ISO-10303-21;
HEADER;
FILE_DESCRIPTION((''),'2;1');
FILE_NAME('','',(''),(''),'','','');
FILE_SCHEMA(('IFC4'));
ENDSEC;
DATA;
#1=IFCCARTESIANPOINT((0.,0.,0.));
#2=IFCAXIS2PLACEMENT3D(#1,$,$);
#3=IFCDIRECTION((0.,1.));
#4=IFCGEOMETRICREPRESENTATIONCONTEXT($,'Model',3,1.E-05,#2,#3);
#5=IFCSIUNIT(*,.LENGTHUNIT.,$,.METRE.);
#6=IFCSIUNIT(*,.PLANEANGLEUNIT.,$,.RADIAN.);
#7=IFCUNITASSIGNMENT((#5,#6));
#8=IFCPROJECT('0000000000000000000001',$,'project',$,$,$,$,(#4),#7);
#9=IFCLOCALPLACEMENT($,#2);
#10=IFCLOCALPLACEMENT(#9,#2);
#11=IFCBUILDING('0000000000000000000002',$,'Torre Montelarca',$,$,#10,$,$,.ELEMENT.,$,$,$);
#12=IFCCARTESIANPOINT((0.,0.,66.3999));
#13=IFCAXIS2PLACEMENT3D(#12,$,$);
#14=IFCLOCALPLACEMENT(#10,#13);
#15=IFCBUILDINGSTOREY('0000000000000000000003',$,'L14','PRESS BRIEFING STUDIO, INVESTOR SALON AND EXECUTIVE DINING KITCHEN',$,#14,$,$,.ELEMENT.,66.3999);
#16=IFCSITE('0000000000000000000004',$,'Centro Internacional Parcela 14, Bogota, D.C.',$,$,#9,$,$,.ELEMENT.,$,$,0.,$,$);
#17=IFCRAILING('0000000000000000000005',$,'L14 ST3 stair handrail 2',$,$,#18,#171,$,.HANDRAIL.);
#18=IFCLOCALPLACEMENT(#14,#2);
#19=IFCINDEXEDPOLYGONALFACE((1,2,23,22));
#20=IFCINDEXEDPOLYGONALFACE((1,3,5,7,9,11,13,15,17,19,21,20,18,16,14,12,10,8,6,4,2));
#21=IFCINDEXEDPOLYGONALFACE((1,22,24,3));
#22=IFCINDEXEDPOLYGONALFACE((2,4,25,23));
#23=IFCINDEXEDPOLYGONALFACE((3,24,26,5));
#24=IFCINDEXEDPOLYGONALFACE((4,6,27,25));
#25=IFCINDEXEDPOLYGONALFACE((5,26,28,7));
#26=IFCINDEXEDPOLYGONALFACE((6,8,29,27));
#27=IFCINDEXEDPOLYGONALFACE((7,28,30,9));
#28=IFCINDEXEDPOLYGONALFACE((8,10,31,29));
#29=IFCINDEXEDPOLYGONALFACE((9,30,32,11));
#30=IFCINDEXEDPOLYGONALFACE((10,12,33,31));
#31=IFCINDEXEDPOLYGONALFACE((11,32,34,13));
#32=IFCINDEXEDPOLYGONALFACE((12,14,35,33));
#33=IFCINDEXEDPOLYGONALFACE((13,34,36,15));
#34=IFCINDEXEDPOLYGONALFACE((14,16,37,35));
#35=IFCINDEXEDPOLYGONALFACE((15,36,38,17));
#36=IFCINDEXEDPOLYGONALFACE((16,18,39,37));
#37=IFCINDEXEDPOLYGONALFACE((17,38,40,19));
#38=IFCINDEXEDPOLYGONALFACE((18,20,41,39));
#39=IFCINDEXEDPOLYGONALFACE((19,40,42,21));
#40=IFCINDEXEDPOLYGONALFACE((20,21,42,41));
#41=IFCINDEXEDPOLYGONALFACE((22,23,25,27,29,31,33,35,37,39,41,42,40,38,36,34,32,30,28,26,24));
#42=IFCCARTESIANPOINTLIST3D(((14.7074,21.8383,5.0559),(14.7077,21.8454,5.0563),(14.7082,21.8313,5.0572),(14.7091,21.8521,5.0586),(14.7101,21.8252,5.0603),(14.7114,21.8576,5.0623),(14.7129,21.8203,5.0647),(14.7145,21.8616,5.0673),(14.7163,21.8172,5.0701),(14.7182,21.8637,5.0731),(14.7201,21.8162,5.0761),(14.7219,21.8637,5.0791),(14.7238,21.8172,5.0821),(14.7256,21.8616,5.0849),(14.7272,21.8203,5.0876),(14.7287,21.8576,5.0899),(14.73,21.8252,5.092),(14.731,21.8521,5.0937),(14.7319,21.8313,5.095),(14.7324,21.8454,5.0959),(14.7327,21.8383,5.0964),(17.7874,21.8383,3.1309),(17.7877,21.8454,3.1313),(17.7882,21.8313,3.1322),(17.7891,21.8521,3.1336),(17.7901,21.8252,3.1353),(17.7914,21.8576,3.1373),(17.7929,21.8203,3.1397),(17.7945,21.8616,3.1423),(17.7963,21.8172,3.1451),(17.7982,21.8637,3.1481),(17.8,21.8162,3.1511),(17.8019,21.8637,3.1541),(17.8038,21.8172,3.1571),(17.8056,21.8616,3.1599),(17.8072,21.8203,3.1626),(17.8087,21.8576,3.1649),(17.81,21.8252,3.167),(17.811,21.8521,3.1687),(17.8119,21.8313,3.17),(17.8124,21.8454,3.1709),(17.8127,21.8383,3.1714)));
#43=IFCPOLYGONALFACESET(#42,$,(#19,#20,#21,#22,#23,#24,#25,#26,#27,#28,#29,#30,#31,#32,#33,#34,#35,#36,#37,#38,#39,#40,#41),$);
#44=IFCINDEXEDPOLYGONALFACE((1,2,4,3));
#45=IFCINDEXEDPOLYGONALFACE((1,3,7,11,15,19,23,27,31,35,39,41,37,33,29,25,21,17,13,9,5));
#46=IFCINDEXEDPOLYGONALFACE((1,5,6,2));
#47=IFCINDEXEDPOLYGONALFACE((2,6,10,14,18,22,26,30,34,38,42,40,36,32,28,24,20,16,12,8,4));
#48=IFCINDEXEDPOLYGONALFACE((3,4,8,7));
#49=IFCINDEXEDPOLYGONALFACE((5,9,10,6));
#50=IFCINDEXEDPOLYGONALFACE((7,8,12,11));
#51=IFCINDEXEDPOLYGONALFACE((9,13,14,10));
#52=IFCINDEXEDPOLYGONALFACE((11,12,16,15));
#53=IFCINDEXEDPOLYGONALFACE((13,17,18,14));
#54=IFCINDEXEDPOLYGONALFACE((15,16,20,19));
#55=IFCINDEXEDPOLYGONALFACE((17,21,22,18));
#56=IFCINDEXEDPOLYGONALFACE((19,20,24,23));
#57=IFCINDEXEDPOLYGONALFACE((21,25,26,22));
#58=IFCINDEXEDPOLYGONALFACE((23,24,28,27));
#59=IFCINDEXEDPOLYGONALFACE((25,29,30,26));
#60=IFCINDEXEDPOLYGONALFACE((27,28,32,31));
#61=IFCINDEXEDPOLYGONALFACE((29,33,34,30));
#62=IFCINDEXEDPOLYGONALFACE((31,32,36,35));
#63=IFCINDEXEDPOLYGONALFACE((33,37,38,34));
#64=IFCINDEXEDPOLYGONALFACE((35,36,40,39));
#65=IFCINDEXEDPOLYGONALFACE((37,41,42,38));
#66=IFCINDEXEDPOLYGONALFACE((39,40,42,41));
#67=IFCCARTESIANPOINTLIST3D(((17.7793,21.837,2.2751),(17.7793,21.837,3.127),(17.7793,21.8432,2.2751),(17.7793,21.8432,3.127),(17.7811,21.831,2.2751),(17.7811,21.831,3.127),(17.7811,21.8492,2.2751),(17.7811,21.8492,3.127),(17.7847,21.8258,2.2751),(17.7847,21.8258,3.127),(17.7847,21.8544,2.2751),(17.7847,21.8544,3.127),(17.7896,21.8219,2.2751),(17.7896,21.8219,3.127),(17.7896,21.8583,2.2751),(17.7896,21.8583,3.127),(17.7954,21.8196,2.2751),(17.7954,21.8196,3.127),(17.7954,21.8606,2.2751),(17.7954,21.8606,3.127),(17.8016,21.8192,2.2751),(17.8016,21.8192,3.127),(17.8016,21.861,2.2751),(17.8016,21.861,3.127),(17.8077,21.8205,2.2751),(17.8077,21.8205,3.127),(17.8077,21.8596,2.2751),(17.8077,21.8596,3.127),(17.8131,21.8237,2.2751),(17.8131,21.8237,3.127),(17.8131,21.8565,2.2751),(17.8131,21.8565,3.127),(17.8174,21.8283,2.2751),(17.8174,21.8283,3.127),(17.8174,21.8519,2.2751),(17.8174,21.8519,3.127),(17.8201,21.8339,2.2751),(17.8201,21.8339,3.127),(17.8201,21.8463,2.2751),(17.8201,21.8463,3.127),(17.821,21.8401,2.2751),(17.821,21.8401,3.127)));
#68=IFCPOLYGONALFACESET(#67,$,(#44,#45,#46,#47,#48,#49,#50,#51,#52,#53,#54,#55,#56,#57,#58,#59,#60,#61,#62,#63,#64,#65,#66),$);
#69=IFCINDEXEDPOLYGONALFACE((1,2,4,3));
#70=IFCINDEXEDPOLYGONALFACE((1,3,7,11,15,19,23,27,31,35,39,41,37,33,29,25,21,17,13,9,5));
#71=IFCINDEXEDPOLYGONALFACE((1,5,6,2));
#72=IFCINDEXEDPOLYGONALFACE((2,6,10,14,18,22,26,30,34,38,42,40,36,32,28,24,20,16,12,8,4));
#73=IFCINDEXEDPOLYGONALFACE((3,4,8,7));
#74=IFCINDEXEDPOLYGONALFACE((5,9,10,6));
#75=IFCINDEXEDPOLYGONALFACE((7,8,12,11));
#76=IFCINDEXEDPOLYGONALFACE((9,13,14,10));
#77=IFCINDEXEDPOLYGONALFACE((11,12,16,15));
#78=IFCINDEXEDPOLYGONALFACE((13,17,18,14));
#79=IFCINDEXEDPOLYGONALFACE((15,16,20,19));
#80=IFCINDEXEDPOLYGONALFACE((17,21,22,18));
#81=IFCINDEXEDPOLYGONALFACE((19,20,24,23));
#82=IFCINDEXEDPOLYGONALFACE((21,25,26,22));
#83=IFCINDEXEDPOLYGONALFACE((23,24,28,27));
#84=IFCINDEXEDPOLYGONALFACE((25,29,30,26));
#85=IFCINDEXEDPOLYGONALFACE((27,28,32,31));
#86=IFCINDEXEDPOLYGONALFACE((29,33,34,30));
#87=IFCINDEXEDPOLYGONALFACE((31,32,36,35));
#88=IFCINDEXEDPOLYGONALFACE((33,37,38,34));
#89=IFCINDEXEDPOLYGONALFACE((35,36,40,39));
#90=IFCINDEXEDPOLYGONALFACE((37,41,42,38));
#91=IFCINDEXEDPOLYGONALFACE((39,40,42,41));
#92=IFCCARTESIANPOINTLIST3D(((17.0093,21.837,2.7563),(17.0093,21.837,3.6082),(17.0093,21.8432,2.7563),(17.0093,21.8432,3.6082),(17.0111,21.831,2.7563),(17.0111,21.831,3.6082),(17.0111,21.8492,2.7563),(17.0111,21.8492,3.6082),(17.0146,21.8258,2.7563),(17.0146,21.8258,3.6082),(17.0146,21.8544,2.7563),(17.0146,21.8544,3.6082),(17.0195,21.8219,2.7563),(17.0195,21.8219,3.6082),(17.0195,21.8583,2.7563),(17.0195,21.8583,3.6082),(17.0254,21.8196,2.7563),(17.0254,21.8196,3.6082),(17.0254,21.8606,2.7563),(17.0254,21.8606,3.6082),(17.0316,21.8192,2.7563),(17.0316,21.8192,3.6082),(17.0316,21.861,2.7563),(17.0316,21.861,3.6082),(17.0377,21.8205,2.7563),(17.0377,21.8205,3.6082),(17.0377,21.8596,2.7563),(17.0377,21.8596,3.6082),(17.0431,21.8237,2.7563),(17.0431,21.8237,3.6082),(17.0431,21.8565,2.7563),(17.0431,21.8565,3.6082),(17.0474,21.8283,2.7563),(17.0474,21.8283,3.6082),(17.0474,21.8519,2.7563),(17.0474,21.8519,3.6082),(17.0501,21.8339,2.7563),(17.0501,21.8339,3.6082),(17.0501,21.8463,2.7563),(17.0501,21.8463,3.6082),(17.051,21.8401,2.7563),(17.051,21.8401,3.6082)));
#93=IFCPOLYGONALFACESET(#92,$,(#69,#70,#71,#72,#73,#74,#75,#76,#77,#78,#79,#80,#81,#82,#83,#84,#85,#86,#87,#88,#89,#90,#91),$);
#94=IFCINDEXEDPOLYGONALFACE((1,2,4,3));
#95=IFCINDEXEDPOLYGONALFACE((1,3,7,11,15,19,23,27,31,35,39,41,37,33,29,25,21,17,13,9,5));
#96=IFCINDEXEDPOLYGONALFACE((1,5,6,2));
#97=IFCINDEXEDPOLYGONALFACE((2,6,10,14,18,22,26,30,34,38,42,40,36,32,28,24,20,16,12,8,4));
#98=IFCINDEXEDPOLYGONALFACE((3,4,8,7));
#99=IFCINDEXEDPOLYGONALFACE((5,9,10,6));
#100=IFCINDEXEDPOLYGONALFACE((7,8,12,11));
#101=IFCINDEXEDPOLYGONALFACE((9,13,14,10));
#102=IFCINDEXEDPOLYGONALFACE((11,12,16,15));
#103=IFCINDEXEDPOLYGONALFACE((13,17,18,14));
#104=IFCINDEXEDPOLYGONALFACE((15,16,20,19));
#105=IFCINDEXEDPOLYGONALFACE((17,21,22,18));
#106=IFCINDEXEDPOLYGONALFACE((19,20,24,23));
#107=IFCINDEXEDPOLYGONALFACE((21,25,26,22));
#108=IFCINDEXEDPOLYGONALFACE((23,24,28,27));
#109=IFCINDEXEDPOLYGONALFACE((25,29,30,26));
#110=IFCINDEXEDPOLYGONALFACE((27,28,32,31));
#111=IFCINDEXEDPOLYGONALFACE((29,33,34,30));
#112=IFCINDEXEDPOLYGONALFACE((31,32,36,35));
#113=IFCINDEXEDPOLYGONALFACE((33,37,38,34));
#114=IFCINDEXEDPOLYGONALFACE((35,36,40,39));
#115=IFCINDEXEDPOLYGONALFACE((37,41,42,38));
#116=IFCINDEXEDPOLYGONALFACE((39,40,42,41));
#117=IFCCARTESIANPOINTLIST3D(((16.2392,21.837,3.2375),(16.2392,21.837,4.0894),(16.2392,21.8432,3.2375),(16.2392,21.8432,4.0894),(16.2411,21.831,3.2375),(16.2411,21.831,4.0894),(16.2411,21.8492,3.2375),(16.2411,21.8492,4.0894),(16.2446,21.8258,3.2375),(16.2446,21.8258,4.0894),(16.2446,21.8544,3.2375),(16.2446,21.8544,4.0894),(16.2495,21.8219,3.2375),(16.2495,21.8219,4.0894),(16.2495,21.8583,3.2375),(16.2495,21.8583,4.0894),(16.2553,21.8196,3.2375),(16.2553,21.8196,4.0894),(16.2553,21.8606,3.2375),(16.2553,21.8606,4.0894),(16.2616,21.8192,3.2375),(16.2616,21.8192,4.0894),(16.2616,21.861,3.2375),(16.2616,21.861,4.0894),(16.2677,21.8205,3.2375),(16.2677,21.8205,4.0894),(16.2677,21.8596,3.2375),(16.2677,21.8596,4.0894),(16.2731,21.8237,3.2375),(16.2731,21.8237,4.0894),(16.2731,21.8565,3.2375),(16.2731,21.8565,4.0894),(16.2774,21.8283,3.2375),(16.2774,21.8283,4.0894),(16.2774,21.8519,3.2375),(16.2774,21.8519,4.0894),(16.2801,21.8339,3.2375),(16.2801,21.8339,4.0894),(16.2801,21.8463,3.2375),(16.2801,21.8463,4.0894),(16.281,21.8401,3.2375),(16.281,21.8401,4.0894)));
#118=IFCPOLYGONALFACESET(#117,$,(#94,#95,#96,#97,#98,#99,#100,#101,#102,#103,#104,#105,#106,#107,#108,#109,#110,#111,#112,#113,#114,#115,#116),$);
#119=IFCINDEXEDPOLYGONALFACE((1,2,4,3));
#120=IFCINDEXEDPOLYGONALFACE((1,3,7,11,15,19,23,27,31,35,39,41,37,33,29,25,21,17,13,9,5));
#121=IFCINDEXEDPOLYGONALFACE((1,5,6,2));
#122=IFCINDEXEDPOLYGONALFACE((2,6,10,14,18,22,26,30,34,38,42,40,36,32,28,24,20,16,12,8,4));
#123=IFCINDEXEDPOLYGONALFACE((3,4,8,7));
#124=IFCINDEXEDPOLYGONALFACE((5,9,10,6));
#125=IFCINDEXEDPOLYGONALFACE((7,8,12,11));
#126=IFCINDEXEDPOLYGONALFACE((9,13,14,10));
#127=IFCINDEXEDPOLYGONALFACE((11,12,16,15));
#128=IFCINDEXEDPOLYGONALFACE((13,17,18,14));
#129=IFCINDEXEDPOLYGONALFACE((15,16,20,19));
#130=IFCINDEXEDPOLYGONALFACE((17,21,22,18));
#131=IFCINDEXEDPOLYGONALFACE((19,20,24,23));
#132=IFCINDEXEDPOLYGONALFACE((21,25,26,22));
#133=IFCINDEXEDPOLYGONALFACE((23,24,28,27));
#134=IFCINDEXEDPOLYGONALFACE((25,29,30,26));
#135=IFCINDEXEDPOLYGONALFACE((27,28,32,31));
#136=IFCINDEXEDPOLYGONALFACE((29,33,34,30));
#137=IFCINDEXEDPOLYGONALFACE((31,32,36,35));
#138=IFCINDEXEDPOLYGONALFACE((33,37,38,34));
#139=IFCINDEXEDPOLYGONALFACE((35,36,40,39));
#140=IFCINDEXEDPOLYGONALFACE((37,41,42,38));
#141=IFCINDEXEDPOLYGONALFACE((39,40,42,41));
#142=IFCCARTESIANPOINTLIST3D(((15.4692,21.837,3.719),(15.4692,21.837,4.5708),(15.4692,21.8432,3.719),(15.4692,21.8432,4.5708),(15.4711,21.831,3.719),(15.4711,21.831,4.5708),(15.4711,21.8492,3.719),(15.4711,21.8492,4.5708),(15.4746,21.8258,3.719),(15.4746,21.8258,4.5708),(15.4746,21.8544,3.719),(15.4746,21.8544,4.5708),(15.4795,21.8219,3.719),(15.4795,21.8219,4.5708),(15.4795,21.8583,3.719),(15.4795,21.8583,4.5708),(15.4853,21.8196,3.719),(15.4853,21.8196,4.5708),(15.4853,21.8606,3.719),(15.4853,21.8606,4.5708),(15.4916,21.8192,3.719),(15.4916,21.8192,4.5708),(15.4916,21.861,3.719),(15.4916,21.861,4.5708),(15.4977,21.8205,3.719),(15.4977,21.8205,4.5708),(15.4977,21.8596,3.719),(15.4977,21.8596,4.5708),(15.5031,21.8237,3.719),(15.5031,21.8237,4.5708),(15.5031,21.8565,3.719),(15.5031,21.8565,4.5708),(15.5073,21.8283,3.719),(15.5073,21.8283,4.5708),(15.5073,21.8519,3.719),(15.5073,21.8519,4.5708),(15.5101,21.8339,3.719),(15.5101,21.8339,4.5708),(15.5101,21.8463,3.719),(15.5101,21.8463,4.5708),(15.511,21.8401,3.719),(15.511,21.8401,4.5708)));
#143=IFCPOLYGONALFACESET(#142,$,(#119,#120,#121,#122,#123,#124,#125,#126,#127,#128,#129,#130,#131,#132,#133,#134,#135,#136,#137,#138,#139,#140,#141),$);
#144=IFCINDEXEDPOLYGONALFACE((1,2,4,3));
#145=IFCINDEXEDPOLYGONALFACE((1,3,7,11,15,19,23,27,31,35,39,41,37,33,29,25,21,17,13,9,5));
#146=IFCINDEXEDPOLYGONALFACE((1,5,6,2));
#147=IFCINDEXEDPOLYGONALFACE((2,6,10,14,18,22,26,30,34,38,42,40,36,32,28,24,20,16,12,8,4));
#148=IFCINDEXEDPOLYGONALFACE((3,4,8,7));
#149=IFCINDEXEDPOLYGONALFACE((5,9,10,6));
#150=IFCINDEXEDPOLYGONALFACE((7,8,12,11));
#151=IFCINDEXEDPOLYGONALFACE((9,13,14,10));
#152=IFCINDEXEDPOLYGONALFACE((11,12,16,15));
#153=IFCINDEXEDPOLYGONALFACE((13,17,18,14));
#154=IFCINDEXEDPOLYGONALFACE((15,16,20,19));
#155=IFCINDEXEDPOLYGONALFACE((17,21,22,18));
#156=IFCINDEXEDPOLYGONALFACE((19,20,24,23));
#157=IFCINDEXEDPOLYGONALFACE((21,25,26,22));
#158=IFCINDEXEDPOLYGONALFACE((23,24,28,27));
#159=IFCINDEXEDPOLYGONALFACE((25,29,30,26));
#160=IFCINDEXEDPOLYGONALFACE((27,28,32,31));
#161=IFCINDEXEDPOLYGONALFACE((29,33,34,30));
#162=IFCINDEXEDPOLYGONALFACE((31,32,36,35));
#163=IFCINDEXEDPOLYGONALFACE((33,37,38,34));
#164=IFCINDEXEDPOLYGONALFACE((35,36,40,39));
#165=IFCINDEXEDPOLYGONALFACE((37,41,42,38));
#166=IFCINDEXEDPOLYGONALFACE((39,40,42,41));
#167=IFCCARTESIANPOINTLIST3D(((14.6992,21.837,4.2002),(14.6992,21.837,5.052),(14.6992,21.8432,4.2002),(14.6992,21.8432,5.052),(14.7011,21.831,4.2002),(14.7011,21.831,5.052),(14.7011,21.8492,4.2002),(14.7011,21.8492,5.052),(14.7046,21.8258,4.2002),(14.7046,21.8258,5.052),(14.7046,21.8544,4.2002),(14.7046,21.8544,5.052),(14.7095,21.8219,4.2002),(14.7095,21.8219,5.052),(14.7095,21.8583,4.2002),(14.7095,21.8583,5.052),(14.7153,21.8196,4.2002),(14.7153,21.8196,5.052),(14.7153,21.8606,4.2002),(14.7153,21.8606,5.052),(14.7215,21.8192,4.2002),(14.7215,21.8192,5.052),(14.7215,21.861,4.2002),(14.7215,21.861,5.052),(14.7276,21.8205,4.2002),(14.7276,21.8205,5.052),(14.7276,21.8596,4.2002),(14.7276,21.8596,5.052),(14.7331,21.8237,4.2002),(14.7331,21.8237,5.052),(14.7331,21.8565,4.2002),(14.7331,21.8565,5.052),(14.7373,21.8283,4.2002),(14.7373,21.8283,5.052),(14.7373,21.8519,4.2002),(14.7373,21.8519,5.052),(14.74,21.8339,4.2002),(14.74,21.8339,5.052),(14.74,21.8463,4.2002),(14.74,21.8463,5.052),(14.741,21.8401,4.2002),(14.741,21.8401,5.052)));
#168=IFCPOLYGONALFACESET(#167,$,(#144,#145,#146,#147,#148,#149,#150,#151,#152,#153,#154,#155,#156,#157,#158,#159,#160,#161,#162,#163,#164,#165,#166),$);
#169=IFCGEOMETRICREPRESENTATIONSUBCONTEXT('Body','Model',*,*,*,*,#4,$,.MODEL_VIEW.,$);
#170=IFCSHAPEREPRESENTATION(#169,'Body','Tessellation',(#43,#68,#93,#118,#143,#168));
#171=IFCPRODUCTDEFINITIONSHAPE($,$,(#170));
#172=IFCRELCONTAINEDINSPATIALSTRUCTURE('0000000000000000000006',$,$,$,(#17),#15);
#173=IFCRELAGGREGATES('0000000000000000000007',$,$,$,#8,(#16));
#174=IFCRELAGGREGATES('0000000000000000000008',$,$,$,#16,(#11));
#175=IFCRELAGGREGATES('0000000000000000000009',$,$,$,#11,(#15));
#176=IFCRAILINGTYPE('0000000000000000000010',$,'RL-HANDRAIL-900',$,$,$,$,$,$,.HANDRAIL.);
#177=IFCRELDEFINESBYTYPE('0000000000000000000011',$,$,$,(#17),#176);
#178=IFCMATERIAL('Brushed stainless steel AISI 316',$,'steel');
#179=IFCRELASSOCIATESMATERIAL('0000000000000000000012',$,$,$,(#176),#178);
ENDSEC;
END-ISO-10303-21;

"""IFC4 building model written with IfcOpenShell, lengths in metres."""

from ifc_helpers import new_model, si_unit, direction, frame, origin, origin_2d, place, context, subcontext, project, spatial, circle, extrude, material, type_object, element, save


model = new_model("IFC4")

# Units and contexts
model_context = context("Model", 3, precision=1e-05, world=origin(), true_north=direction((0.0, 1.0)))
body_context = subcontext(model_context, "Body", "Model", "MODEL_VIEW")
ifc_project = project(units=[si_unit("LENGTHUNIT", "METRE"), si_unit("PLANEANGLEUNIT", "RADIAN")], contexts=[model_context])

# Site, building, storey
site_placement = place(None, origin())
site = spatial("IfcSite", under=ifc_project, at=site_placement, Name="Centro Internacional Parcela 14, Bogota, D.C.", CompositionType="ELEMENT", RefElevation=0.0)
building_placement = place(site_placement, origin())
building = spatial("IfcBuilding", under=site, at=building_placement, Name="Torre Montelarca", CompositionType="ELEMENT")
storey_placement = place(building_placement, frame((0.0, 0.0, 66.3999)))
storey = spatial("IfcBuildingStorey", under=building, at=storey_placement, Name="L14", Description="PRESS BRIEFING STUDIO, INVESTOR SALON AND EXECUTIVE DINING KITCHEN", CompositionType="ELEMENT", Elevation=66.3999)

# Railing
ifc_material_1 = material(Name="Brushed stainless steel AISI 316", Category="steel")
railing_type_1 = type_object("IfcRailingType", Name="RL-HANDRAIL-900", PredefinedType="HANDRAIL", material=ifc_material_1)
railing_1_placement = place(storey_placement, frame((17.8, 21.8401, 2.2751)))
element("IfcRailing", 1, at=railing_1_placement, inside=storey, type_object=railing_type_1, Name="L14 ST3 stair handrail 2", PredefinedType="HANDRAIL", context=body_context, shape_type="SweptSolid", body=[
    extrude(circle(Radius=0.0239, at=origin_2d()), frame((0.0, 0.0, 0.876), z_axis=(-0.847998, 0.0, 0.529999), x_axis=(0.0, -1.0, 0.0)), (0.0, 0.0, 1.0), 3.6321),
    extrude(circle(Radius=0.021, at=origin_2d()), origin(), (0.0, 0.0, 1.0), 0.8518),
    extrude(circle(Radius=0.021, at=origin_2d()), frame((-0.77, 0.0, 0.4812)), (0.0, 0.0, 1.0), 0.8518),
    extrude(circle(Radius=0.021, at=origin_2d()), frame((-1.54, 0.0, 0.9624)), (0.0, 0.0, 1.0), 0.8518),
    extrude(circle(Radius=0.021, at=origin_2d()), frame((-2.3101, 0.0, 1.4438)), (0.0, 0.0, 1.0), 0.8518),
    extrude(circle(Radius=0.021, at=origin_2d()), frame((-3.0801, 0.0, 1.925)), (0.0, 0.0, 1.0), 0.8518),
])

save(model, "model.ifc")
